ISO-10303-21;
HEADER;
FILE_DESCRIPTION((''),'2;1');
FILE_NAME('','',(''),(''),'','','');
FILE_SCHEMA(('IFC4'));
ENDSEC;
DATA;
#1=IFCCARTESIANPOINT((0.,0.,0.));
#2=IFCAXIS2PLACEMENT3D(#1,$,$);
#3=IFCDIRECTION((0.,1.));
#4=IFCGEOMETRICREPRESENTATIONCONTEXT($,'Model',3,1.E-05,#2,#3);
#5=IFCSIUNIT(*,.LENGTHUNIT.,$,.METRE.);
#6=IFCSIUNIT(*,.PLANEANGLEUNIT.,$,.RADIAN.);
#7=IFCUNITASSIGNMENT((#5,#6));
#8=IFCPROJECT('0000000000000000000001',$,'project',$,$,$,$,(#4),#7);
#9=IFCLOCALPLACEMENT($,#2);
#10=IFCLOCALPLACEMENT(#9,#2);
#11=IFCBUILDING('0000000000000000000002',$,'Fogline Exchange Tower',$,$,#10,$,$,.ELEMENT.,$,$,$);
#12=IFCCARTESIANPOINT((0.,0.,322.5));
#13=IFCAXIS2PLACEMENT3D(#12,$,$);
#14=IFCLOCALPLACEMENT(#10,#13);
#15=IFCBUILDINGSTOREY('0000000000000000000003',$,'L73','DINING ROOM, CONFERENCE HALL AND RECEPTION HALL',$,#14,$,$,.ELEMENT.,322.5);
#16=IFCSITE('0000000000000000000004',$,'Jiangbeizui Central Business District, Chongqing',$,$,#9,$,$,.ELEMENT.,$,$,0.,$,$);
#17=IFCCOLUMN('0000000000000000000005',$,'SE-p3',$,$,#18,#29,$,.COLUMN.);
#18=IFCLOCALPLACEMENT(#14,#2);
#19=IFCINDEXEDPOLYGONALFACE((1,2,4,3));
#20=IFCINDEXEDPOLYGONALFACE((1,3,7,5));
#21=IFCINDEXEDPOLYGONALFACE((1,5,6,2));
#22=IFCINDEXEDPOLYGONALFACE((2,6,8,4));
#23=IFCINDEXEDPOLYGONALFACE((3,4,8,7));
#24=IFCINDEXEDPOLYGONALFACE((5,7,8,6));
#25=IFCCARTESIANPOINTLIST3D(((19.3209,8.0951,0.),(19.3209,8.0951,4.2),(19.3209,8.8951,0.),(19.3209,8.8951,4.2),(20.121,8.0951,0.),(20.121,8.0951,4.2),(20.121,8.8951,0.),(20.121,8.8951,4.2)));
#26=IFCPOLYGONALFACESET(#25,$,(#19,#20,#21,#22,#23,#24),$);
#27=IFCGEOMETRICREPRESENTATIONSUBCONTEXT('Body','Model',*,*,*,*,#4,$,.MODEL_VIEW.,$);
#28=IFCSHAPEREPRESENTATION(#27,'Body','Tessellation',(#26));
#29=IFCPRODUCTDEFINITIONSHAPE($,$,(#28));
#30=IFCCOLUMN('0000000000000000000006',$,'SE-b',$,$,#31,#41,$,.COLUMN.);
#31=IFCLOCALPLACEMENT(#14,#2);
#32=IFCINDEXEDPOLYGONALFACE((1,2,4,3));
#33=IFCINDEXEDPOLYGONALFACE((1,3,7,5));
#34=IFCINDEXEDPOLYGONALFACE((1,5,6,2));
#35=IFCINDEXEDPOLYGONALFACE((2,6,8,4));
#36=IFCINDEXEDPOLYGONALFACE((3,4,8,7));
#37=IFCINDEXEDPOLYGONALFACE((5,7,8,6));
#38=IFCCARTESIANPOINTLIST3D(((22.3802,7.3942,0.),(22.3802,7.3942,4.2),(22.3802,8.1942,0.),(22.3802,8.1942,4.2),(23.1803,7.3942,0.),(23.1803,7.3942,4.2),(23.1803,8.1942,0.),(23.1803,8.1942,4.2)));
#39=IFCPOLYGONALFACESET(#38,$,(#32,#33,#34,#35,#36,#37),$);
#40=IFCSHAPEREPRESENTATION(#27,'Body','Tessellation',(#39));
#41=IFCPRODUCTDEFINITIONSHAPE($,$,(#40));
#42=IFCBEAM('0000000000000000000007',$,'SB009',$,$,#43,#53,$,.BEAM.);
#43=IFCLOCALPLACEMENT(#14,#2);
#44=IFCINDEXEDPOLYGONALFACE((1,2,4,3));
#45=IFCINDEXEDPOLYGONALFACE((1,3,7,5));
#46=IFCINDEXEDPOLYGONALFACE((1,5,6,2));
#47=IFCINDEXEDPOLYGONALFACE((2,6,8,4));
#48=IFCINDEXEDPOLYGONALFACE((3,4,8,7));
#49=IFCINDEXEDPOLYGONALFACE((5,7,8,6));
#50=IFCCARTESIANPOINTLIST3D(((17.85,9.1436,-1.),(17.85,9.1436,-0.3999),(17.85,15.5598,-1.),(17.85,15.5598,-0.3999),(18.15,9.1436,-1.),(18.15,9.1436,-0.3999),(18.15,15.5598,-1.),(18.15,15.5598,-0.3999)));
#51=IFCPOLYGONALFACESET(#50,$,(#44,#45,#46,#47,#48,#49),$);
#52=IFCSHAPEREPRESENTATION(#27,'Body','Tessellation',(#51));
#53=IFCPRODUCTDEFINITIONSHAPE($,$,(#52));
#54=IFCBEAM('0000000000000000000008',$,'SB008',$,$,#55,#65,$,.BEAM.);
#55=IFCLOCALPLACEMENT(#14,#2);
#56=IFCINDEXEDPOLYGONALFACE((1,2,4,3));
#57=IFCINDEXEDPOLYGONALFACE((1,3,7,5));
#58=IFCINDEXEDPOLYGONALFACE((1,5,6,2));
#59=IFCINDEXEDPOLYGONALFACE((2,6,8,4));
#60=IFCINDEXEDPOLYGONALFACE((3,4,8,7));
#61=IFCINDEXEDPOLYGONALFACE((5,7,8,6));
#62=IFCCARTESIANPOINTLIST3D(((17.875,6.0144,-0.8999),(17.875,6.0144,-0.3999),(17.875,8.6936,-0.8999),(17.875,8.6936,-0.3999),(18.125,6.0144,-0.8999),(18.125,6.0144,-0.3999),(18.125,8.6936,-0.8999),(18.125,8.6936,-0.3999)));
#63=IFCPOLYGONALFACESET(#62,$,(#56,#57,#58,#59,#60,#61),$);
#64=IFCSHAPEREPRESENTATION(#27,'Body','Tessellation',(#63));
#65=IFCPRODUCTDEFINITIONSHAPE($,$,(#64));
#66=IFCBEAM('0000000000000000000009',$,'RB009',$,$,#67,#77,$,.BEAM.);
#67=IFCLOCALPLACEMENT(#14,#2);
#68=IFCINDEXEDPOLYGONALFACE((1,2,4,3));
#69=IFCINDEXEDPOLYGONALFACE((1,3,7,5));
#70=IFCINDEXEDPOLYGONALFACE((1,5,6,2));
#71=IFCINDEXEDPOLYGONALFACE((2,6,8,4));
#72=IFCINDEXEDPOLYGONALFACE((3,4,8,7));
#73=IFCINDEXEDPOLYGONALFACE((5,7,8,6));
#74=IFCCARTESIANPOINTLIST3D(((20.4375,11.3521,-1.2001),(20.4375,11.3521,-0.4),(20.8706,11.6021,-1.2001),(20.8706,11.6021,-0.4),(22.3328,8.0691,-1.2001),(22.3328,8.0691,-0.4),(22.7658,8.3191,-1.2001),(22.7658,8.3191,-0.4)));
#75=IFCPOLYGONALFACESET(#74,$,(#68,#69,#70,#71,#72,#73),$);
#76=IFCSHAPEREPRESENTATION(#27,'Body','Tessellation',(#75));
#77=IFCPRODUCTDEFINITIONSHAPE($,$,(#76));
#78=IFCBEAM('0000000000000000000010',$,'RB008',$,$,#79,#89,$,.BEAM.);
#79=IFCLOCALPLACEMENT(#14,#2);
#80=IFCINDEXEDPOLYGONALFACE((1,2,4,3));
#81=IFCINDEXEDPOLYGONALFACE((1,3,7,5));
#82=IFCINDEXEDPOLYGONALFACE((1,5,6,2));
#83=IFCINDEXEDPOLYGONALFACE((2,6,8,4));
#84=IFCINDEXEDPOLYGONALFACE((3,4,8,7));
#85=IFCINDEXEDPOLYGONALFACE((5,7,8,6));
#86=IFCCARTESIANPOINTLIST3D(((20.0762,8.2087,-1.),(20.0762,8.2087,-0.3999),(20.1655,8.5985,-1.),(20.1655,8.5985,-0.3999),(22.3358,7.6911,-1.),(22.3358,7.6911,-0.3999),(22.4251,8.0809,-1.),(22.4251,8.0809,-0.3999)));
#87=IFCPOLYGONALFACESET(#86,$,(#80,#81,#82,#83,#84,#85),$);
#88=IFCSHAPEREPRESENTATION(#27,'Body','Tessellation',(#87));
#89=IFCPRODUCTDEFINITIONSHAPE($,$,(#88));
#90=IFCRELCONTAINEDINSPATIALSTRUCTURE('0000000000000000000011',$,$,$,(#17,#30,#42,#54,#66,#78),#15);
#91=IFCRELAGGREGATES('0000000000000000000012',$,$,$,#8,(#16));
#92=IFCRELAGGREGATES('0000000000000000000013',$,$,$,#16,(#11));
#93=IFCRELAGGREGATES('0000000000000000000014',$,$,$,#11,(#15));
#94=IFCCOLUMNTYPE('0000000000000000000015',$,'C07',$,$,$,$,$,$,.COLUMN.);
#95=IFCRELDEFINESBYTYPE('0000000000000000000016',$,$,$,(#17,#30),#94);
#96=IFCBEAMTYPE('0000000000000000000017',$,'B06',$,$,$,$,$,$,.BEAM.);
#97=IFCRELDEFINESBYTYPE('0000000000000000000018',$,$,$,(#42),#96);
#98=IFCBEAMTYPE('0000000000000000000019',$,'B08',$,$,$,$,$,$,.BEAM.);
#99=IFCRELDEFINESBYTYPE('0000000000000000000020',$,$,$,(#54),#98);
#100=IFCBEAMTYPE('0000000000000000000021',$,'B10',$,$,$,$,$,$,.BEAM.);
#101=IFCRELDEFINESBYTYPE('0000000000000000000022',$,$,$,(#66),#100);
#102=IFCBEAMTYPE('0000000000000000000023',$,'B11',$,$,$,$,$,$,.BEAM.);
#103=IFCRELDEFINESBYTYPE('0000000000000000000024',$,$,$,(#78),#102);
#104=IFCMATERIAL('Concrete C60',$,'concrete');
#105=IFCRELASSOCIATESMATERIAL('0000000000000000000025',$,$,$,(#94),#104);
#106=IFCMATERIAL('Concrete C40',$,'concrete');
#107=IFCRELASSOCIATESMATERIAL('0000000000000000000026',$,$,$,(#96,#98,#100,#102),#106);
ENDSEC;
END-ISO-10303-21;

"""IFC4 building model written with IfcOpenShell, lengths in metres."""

from ifc_helpers import new_model, si_unit, direction, frame, origin, origin_2d, place, context, subcontext, project, spatial, rectangle, extrude, material, material_profile, profile_set, type_object, element, save


model = new_model("IFC4")

# Units and contexts
model_context = context("Model", 3, precision=1e-05, world=origin(), true_north=direction((0.0, 1.0)))
body_context = subcontext(model_context, "Body", "Model", "MODEL_VIEW")
ifc_project = project(units=[si_unit("LENGTHUNIT", "METRE"), si_unit("PLANEANGLEUNIT", "RADIAN")], contexts=[model_context])

# Site, building, storey
site_placement = place(None, origin())
site = spatial("IfcSite", under=ifc_project, at=site_placement, Name="Jiangbeizui Central Business District, Chongqing", CompositionType="ELEMENT", RefElevation=0.0)
building_placement = place(site_placement, origin())
building = spatial("IfcBuilding", under=site, at=building_placement, Name="Fogline Exchange Tower", CompositionType="ELEMENT")
storey_placement = place(building_placement, frame((0.0, 0.0, 322.5)))
storey = spatial("IfcBuildingStorey", under=building, at=storey_placement, Name="L73", Description="DINING ROOM, CONFERENCE HALL AND RECEPTION HALL", CompositionType="ELEMENT", Elevation=322.5)

# Columns
ifc_material_1 = material(Name="Concrete C60", Category="concrete")
ifc_material_profile_1 = material_profile(ifc_material_1, rectangle(XDim=0.8, YDim=0.8, at=origin_2d()), Name="RC 800x800")
ifc_profile_set_1 = profile_set([ifc_material_profile_1], Name="Concrete C60")
column_type = type_object("IfcColumnType", Name="C07", PredefinedType="COLUMN", material=ifc_profile_set_1)
for number, where, z_axis, x_axis, name in (
    (1, (19.7209, 8.4951, 0.0), (0.0, 0.0, 1.0), (1.0, 0.0, 0.0), "SE-p3"),
    (2, (22.7803, 7.7942, 0.0), (0.0, 0.0, 1.0), (1.0, 0.0, 0.0), "SE-b"),
):
    element("IfcColumn", number, at=place(storey_placement, frame(where, z_axis=z_axis, x_axis=x_axis)), inside=storey, type_object=column_type, Name=name, PredefinedType="COLUMN", context=body_context, shape_type="SweptSolid", body=[
        extrude(rectangle(XDim=0.8, YDim=0.8, at=origin_2d()), origin(), (0.0, 0.0, 1.0), 4.2),
    ])

# Beams
ifc_material_2 = material(Name="Concrete C40", Category="concrete")
ifc_material_profile_2 = material_profile(ifc_material_2, rectangle(XDim=0.3, YDim=0.6001, at=origin_2d()), Name="RC 300x600")
ifc_profile_set_2 = profile_set([ifc_material_profile_2], Name="Concrete C40")
beam_type_1 = type_object("IfcBeamType", Name="B06", PredefinedType="BEAM", material=ifc_profile_set_2)
beam_1_placement = place(storey_placement, frame((18.0, 9.1436, -0.7), z_axis=(0.0, 1.0, 0.0), x_axis=(-1.0, 0.0, 0.0)))
element("IfcBeam", 3, at=beam_1_placement, inside=storey, type_object=beam_type_1, Name="SB009", PredefinedType="BEAM", context=body_context, shape_type="SweptSolid", body=[
    extrude(rectangle(XDim=0.3, YDim=0.6001, at=origin_2d()), origin(), (0.0, 0.0, 1.0), 6.4163),
])
ifc_material_profile_3 = material_profile(ifc_material_2, rectangle(XDim=0.25, YDim=0.5, at=origin_2d()), Name="RC 250x500")
ifc_profile_set_3 = profile_set([ifc_material_profile_3], Name="Concrete C40")
beam_type_2 = type_object("IfcBeamType", Name="B08", PredefinedType="BEAM", material=ifc_profile_set_3)
beam_2_placement = place(storey_placement, frame((18.0, 6.0144, -0.6499), z_axis=(0.0, 1.0, 0.0), x_axis=(-1.0, 0.0, 0.0)))
element("IfcBeam", 4, at=beam_2_placement, inside=storey, type_object=beam_type_2, Name="SB008", PredefinedType="BEAM", context=body_context, shape_type="SweptSolid", body=[
    extrude(rectangle(XDim=0.25, YDim=0.5, at=origin_2d()), origin(), (0.0, 0.0, 1.0), 2.6792),
])
ifc_material_profile_4 = material_profile(ifc_material_2, rectangle(XDim=0.5, YDim=0.8, at=origin_2d()), Name="RC 500x800")
ifc_profile_set_4 = profile_set([ifc_material_profile_4], Name="Concrete C40")
beam_type_3 = type_object("IfcBeamType", Name="B10", PredefinedType="BEAM", material=ifc_profile_set_4)
beam_3_placement = place(storey_placement, frame((22.5493, 8.1941, -0.8), z_axis=(-0.49997, 0.866043, 0.0), x_axis=(-0.866043, -0.49997, 0.0)))
element("IfcBeam", 5, at=beam_3_placement, inside=storey, type_object=beam_type_3, Name="RB009", PredefinedType="BEAM", context=body_context, shape_type="SweptSolid", body=[
    extrude(rectangle(XDim=0.5, YDim=0.8, at=origin_2d()), origin(), (0.0, 0.0, 1.0), 3.7908),
])
ifc_material_profile_5 = material_profile(ifc_material_2, rectangle(XDim=0.3999, YDim=0.6001, at=origin_2d()), Name="RC 400x600")
ifc_profile_set_5 = profile_set([ifc_material_profile_5], Name="Concrete C40")
beam_type_4 = type_object("IfcBeamType", Name="B11", PredefinedType="BEAM", material=ifc_profile_set_5)
beam_4_placement = place(storey_placement, frame((20.1208, 8.4036, -0.7), z_axis=(0.974754, -0.223282, 0.0), x_axis=(0.223282, 0.974754, 0.0)))
element("IfcBeam", 6, at=beam_4_placement, inside=storey, type_object=beam_type_4, Name="RB008", PredefinedType="BEAM", context=body_context, shape_type="SweptSolid", body=[
    extrude(rectangle(XDim=0.3999, YDim=0.6001, at=origin_2d()), origin(), (0.0, 0.0, 1.0), 2.3181),
])

save(model, "model.ifc")
